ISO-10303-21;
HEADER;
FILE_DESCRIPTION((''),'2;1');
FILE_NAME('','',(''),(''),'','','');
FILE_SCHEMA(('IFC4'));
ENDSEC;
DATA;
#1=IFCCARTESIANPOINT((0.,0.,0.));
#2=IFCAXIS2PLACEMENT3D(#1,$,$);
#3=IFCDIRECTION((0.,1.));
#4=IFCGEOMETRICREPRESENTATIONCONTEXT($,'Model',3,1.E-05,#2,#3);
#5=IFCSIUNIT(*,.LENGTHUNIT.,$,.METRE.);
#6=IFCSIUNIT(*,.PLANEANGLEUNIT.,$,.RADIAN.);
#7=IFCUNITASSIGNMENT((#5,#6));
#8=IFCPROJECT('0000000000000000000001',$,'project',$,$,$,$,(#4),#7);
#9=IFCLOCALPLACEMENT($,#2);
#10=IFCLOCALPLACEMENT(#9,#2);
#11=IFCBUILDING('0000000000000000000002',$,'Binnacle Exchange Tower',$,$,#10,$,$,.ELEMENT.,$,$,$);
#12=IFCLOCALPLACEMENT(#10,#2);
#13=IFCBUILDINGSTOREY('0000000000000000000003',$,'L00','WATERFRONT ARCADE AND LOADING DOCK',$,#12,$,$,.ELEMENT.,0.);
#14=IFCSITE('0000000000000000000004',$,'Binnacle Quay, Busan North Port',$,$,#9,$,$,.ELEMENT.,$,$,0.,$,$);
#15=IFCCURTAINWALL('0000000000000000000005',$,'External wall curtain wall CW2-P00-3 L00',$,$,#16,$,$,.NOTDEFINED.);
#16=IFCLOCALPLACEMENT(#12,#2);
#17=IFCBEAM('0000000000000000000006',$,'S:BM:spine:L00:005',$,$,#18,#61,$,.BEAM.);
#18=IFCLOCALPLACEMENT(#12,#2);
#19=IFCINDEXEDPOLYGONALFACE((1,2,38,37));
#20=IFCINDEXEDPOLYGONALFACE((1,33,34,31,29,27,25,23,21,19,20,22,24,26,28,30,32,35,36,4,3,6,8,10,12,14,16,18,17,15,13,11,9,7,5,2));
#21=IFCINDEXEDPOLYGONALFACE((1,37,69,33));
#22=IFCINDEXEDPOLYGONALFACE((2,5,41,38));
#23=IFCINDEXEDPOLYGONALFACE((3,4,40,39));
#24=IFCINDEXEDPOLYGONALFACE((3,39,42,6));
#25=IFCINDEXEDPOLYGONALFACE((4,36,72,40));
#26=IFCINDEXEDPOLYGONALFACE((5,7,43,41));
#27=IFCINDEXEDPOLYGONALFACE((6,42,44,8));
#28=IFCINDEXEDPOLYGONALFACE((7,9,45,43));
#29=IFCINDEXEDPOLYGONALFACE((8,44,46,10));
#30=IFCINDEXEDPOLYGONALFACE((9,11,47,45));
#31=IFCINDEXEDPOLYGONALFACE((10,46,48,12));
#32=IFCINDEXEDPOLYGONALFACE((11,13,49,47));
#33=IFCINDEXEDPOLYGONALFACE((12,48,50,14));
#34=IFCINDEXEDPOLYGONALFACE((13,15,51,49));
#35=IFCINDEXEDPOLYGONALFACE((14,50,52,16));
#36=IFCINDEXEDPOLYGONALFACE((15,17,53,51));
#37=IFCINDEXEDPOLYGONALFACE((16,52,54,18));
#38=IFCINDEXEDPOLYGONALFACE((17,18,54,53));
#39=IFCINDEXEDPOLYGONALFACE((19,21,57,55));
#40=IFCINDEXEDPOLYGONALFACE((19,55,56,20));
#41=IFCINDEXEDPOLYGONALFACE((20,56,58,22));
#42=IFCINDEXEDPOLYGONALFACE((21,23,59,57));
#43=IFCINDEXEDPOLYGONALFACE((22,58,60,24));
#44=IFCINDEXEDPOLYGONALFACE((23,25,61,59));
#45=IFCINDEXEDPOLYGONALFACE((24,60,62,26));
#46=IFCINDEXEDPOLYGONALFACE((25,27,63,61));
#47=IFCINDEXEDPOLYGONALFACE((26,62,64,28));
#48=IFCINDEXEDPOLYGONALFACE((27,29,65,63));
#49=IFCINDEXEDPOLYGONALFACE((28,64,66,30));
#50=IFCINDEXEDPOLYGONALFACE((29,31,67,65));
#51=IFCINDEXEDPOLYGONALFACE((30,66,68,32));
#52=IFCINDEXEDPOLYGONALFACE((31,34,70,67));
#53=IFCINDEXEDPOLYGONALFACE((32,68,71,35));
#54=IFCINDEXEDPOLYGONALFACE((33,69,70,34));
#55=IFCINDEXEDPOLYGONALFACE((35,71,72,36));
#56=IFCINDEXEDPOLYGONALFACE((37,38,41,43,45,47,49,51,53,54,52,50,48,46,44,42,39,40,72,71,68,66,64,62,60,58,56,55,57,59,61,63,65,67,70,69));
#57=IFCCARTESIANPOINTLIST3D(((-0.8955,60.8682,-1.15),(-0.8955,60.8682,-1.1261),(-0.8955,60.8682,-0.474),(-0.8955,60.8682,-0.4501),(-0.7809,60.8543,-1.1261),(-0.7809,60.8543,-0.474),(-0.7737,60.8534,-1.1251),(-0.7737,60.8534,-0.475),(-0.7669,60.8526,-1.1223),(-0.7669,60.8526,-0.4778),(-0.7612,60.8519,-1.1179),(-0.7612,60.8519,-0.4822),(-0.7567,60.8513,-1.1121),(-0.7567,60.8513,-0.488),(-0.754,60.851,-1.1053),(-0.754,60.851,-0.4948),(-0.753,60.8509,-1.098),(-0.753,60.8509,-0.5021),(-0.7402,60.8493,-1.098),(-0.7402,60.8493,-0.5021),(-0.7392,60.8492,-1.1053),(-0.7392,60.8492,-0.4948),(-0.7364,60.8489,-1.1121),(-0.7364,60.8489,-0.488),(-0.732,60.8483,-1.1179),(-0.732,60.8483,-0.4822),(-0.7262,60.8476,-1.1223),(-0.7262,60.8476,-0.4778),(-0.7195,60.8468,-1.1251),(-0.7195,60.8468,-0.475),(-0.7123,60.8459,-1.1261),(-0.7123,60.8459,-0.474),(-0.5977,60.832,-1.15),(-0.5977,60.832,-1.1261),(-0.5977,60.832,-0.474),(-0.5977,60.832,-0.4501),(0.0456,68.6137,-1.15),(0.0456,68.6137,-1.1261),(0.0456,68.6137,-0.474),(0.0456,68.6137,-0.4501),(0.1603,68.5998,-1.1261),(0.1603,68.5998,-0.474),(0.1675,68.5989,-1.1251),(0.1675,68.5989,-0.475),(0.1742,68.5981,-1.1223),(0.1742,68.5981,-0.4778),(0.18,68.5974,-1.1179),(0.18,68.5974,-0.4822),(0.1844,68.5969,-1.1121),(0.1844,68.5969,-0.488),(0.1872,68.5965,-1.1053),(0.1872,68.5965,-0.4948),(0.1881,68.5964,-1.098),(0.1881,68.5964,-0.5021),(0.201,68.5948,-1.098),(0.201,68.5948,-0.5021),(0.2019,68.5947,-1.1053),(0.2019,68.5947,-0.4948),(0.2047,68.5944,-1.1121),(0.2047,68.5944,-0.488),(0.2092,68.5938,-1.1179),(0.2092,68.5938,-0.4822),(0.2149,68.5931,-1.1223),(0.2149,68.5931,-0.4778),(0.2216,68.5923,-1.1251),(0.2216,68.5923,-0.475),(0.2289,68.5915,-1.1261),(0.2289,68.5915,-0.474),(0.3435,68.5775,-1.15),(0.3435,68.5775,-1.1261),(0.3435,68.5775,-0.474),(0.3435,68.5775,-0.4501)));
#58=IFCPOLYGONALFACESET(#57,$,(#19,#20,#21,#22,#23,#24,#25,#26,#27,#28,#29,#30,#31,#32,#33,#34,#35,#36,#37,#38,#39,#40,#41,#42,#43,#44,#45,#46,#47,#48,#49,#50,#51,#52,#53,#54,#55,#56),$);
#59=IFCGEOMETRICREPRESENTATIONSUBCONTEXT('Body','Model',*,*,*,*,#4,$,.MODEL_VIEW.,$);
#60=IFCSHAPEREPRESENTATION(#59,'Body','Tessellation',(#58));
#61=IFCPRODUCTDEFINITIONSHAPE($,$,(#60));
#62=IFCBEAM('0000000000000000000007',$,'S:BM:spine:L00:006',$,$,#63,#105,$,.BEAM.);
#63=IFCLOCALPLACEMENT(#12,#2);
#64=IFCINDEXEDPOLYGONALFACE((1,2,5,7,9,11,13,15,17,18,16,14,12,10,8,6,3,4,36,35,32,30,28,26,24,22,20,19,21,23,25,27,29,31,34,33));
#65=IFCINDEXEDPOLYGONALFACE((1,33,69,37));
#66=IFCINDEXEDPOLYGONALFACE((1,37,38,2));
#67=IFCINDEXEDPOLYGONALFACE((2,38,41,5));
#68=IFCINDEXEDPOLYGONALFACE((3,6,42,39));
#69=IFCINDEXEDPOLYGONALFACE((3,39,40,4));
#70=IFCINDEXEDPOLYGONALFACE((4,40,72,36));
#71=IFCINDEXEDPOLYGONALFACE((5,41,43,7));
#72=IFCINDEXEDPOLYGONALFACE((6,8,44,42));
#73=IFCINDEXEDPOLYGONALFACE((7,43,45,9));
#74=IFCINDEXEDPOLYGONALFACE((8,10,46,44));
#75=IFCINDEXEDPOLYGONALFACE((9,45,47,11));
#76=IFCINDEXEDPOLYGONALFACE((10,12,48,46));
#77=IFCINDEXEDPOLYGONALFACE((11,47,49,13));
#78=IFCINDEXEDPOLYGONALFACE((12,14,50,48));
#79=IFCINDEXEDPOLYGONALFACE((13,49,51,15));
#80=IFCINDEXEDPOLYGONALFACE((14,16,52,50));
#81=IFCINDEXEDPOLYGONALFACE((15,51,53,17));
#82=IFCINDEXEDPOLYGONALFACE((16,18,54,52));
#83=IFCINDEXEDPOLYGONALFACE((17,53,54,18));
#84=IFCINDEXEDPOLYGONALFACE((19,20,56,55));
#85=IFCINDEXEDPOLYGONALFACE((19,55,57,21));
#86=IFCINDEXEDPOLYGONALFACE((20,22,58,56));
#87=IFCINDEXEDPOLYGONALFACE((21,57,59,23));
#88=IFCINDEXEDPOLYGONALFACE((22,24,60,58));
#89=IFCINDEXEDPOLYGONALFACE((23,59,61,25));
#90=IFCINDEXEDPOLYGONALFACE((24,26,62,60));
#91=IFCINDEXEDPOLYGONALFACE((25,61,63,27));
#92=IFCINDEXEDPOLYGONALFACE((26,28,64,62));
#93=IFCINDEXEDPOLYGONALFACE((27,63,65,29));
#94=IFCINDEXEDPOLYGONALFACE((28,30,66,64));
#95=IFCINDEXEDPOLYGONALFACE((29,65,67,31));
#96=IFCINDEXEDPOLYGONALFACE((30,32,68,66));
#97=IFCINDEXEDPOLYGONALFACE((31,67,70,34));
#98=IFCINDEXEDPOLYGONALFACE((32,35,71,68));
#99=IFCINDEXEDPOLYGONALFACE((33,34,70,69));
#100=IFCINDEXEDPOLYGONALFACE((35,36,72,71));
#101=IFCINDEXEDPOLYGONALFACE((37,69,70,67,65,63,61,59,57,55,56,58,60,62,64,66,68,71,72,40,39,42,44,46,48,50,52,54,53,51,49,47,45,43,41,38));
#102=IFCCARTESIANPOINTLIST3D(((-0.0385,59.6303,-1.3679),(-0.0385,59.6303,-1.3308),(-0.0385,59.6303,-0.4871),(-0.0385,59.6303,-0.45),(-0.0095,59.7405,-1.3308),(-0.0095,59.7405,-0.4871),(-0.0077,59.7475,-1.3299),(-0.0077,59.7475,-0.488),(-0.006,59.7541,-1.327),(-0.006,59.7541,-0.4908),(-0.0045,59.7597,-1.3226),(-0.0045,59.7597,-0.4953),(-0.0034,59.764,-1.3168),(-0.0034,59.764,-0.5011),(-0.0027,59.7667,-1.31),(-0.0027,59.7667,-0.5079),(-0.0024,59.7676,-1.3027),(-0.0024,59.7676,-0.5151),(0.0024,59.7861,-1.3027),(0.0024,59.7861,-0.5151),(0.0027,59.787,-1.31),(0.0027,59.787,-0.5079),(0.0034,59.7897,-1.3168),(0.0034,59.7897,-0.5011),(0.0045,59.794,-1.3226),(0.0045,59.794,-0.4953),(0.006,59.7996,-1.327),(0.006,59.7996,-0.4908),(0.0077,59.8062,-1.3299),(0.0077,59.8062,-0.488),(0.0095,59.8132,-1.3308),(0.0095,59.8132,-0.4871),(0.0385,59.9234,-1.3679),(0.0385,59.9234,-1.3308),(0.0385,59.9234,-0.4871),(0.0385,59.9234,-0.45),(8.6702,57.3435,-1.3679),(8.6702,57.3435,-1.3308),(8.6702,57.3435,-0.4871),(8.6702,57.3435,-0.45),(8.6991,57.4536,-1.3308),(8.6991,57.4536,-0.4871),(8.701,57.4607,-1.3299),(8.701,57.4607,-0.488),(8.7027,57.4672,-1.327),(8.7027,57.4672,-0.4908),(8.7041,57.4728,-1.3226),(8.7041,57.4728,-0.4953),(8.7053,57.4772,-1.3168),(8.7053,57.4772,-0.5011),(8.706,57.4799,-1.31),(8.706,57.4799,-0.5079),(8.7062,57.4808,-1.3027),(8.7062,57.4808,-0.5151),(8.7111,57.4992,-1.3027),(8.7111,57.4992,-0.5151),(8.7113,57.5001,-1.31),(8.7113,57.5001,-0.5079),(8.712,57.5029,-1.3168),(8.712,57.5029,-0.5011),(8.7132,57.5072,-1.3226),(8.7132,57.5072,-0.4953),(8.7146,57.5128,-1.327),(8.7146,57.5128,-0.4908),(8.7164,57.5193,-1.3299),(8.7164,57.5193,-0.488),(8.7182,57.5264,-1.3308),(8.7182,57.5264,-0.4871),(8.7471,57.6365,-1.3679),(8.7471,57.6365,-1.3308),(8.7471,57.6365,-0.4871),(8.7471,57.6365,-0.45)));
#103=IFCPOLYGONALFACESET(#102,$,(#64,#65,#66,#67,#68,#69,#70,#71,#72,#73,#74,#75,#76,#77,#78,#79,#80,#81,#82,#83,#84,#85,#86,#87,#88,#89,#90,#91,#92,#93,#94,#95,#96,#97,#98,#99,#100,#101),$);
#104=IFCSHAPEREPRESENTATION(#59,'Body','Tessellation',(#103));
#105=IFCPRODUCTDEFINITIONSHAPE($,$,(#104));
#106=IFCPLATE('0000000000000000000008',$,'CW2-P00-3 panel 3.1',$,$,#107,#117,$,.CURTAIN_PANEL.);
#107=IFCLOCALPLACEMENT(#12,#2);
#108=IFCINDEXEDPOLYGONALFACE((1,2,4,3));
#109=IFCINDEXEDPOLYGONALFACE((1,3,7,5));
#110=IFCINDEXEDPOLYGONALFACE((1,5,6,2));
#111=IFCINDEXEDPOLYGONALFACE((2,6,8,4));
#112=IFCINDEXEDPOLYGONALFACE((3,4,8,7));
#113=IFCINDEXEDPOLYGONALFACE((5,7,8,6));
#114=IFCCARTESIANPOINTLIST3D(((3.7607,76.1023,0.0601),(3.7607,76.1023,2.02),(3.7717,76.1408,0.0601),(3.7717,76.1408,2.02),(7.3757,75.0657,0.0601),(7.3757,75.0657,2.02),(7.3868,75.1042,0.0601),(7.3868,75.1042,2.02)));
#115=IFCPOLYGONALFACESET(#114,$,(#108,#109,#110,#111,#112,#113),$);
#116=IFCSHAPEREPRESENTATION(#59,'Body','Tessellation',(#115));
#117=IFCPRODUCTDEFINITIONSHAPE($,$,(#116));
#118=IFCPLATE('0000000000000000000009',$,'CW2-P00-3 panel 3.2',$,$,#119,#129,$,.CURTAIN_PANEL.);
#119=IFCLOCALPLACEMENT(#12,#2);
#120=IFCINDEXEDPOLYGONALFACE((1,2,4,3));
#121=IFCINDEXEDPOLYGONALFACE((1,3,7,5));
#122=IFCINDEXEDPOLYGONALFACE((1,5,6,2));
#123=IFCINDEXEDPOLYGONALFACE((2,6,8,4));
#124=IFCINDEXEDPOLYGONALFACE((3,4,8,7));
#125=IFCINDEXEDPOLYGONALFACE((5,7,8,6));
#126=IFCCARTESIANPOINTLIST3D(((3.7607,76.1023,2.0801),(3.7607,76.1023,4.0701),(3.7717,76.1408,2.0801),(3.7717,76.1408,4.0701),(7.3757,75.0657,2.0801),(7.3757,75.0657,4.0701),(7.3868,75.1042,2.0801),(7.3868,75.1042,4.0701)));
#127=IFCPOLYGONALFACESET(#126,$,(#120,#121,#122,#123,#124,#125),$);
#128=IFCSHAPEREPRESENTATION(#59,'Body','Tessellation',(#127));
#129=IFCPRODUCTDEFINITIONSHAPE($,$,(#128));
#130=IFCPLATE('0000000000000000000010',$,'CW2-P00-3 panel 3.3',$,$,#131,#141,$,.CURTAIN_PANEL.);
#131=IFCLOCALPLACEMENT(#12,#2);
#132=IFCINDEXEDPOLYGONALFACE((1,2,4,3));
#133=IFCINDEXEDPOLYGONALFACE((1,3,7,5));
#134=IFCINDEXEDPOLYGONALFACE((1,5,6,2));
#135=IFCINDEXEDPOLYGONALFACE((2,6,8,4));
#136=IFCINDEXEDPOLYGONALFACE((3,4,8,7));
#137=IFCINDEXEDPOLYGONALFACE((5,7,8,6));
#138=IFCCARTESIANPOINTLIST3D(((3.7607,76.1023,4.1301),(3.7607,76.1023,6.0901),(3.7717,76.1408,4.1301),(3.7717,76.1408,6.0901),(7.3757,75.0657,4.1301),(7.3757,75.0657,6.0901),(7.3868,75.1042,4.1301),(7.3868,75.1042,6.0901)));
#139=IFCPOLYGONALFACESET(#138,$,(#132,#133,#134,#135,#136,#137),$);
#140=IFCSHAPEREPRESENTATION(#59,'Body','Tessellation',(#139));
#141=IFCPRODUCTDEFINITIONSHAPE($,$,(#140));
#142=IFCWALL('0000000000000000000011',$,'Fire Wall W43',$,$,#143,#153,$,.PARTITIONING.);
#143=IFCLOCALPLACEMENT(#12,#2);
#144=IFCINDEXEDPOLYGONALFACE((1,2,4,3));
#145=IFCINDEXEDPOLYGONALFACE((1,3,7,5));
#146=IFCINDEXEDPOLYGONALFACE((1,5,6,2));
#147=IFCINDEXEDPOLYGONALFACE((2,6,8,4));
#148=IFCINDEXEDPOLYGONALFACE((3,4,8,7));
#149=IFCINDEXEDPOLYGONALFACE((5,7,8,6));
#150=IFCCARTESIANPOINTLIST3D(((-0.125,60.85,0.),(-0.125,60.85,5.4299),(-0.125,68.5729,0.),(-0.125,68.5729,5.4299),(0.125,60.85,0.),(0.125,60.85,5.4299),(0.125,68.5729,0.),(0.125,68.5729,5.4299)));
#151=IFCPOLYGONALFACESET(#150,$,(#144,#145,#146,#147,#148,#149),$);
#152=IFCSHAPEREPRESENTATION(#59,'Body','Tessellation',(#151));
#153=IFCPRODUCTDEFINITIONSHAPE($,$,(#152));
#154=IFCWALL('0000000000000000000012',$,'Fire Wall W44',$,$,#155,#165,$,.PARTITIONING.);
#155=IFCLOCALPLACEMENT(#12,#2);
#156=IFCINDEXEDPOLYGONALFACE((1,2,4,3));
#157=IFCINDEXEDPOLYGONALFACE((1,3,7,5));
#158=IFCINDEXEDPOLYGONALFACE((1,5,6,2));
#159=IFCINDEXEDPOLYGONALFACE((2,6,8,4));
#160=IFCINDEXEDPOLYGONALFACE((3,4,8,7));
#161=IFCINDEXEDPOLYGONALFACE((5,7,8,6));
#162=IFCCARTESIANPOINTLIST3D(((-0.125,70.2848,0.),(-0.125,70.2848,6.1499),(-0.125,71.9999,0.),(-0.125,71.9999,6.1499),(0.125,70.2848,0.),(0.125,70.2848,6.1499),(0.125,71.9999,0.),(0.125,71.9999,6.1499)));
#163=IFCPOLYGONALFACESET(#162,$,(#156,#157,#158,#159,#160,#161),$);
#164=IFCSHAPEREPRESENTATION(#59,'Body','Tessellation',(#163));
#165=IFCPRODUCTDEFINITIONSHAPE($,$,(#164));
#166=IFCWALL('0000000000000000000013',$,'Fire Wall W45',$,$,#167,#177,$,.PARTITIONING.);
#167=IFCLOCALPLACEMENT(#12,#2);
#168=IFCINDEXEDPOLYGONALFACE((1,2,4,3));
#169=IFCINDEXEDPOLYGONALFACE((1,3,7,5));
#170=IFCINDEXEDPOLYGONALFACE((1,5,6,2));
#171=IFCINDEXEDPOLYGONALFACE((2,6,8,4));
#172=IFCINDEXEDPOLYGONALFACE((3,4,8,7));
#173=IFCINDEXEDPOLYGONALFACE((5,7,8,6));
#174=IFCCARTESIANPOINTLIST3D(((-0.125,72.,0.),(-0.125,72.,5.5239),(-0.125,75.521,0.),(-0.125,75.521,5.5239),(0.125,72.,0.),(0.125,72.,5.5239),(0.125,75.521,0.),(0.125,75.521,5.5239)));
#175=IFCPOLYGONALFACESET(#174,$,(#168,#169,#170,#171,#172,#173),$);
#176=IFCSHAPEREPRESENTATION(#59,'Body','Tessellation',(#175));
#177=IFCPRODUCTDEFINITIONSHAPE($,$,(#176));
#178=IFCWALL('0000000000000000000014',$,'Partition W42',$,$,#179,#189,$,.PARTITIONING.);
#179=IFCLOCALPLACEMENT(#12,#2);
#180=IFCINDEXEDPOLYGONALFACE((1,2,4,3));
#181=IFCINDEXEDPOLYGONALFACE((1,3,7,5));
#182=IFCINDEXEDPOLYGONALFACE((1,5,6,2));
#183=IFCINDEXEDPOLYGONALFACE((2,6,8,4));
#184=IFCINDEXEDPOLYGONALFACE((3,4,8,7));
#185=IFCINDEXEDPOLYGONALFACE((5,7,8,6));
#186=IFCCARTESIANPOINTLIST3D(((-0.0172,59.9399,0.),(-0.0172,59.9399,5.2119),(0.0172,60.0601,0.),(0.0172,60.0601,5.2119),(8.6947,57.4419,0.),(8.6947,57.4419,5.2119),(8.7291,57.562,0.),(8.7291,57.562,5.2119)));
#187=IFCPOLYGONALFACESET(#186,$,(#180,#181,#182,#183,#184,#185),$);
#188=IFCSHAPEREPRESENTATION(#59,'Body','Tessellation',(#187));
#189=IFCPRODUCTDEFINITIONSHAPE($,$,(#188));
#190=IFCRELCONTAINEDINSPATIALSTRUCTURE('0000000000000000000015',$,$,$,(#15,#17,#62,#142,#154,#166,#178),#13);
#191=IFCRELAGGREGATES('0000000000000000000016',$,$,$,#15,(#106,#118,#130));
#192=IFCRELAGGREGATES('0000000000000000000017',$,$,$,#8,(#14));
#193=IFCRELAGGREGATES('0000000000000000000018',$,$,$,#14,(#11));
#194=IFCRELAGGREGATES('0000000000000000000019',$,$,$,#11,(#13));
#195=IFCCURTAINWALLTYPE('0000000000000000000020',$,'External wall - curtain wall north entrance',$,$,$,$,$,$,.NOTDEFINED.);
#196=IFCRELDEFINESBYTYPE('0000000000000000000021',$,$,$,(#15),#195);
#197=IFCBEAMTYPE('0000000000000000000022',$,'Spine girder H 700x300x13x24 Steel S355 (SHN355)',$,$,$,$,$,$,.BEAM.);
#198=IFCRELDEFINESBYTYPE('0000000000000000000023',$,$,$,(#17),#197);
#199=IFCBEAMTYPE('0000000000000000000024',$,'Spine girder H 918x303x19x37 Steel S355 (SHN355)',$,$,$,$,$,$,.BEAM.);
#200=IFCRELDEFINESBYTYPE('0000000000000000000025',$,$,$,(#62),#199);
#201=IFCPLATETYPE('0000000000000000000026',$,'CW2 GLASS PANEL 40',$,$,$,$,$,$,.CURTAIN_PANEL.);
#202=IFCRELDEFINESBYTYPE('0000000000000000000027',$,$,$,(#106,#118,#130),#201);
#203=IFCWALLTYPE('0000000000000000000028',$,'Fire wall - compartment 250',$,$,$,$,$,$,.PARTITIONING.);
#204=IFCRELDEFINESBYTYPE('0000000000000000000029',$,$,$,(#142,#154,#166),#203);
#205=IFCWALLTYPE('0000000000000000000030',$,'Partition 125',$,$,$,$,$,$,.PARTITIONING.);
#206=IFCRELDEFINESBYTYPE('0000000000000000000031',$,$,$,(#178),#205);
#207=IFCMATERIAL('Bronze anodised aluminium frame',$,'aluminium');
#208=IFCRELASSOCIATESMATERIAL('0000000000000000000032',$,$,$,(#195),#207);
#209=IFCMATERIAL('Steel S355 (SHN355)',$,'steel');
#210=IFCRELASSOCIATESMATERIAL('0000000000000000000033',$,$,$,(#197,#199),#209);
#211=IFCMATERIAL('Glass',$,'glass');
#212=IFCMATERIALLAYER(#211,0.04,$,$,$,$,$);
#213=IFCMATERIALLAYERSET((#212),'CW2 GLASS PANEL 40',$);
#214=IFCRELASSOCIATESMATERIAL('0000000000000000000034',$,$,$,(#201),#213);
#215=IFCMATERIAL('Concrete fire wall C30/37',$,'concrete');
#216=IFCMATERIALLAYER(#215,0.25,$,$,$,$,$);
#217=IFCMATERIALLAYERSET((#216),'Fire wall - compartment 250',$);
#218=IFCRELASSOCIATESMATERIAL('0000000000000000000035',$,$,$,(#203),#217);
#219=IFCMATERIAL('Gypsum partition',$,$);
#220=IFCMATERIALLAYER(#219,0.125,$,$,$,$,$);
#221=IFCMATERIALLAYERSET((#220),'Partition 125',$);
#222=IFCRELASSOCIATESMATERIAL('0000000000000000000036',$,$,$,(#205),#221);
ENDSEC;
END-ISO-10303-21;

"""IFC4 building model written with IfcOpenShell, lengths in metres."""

from ifc_helpers import new_model, si_unit, direction, frame, frame_2d, origin, origin_2d, place, context, subcontext, project, spatial, rectangle, i_section, extrude, material, layer, layer_set, material_profile, profile_set, type_object, element, aggregate, save


model = new_model("IFC4")

# Units and contexts
model_context = context("Model", 3, precision=1e-05, world=origin(), true_north=direction((0.0, 1.0)))
body_context = subcontext(model_context, "Body", "Model", "MODEL_VIEW")
ifc_project = project(units=[si_unit("LENGTHUNIT", "METRE"), si_unit("PLANEANGLEUNIT", "RADIAN")], contexts=[model_context])

# Site, building, storey
site_placement = place(None, origin())
site = spatial("IfcSite", under=ifc_project, at=site_placement, Name="Binnacle Quay, Busan North Port", CompositionType="ELEMENT", RefElevation=0.0)
building_placement = place(site_placement, origin())
building = spatial("IfcBuilding", under=site, at=building_placement, Name="Binnacle Exchange Tower", CompositionType="ELEMENT")
storey_placement = place(building_placement, origin())
storey = spatial("IfcBuildingStorey", under=building, at=storey_placement, Name="L00", Description="WATERFRONT ARCADE AND LOADING DOCK", CompositionType="ELEMENT", Elevation=0.0)

# Curtain wall
ifc_material_1 = material(Name="Bronze anodised aluminium frame", Category="aluminium")
curtain_wall_type = type_object("IfcCurtainWallType", Name="External wall - curtain wall north entrance", PredefinedType="NOTDEFINED", material=ifc_material_1)
curtain_wall_placement = place(storey_placement, origin())
curtain_wall = element("IfcCurtainWall", 1, at=curtain_wall_placement, inside=storey, type_object=curtain_wall_type, Name="External wall curtain wall CW2-P00-3 L00", PredefinedType="NOTDEFINED")

# Beams
ifc_material_2 = material(Name="Steel S355 (SHN355)", Category="steel")
ifc_material_profile_1 = material_profile(ifc_material_2, i_section(OverallWidth=0.3, OverallDepth=0.7, WebThickness=0.0129, FlangeThickness=0.0239, FilletRadius=0.0281, at=origin_2d()), Name="H 700x300x13x24")
ifc_profile_set_1 = profile_set([ifc_material_profile_1], Name="Steel S355 (SHN355)")
beam_type_1 = type_object("IfcBeamType", Name="Spine girder H 700x300x13x24 Steel S355 (SHN355)", PredefinedType="BEAM", material=ifc_profile_set_1)
beam_1_placement = place(storey_placement, frame((-0.7466, 60.8501, -0.8), z_axis=(0.120622, 0.992699, 0.0), x_axis=(-0.992699, 0.120622, 0.0)))
element("IfcBeam", 2, at=beam_1_placement, inside=storey, type_object=beam_type_1, Name="S:BM:spine:L00:005", PredefinedType="BEAM", context=body_context, shape_type="SweptSolid", body=[
    extrude(i_section(OverallWidth=0.3, OverallDepth=0.7, WebThickness=0.0129, FlangeThickness=0.0239, FilletRadius=0.0281, at=origin_2d()), origin(), (0.0, 0.0, 1.0), 7.8025),
])
ifc_material_profile_2 = material_profile(ifc_material_2, i_section(OverallWidth=0.303, OverallDepth=0.918, WebThickness=0.019, FlangeThickness=0.0371, FilletRadius=0.0281, at=origin_2d()), Name="H 918x303x19x37")
ifc_profile_set_2 = profile_set([ifc_material_profile_2], Name="Steel S355 (SHN355)")
beam_type_2 = type_object("IfcBeamType", Name="Spine girder H 918x303x19x37 Steel S355 (SHN355)", PredefinedType="BEAM", material=ifc_profile_set_2)
beam_2_placement = place(storey_placement, frame((0.0, 59.7769, -0.9089), z_axis=(0.967209, -0.253983, 0.0), x_axis=(0.253983, 0.967209, 0.0)))
element("IfcBeam", 3, at=beam_2_placement, inside=storey, type_object=beam_type_2, Name="S:BM:spine:L00:006", PredefinedType="BEAM", context=body_context, shape_type="SweptSolid", body=[
    extrude(i_section(OverallWidth=0.303, OverallDepth=0.918, WebThickness=0.019, FlangeThickness=0.0371, FilletRadius=0.0281, at=origin_2d()), origin(), (0.0, 0.0, 1.0), 9.0039),
])

# Plates
ifc_material_3 = material(Name="Glass", Category="glass")
ifc_layer_1 = layer(ifc_material_3, 0.04)
ifc_layer_set_1 = layer_set([ifc_layer_1], Name="CW2 GLASS PANEL 40")
plate_type = type_object("IfcPlateType", Name="CW2 GLASS PANEL 40", PredefinedType="CURTAIN_PANEL", material=ifc_layer_set_1)
plate_1_placement = place(storey_placement, frame((5.5737, 75.6033, 0.0601), z_axis=(0.0, 0.0, 1.0), x_axis=(-0.961262, 0.275637, 0.0)))
plate_1 = element("IfcPlate", 4, at=plate_1_placement, type_object=plate_type, Name="CW2-P00-3 panel 3.1", PredefinedType="CURTAIN_PANEL", context=body_context, shape_type="SweptSolid", body=[
    extrude(rectangle(XDim=3.7607, YDim=0.04, at=origin_2d()), origin(), (0.0, 0.0, 1.0), 1.96),
])
plate_2_placement = place(storey_placement, frame((5.5737, 75.6033, 2.0801), z_axis=(0.0, 0.0, 1.0), x_axis=(-0.961262, 0.275637, 0.0)))
plate_2 = element("IfcPlate", 5, at=plate_2_placement, type_object=plate_type, Name="CW2-P00-3 panel 3.2", PredefinedType="CURTAIN_PANEL", context=body_context, shape_type="SweptSolid", body=[
    extrude(rectangle(XDim=3.7607, YDim=0.04, at=origin_2d()), origin(), (0.0, 0.0, 1.0), 1.99),
])
plate_3_placement = place(storey_placement, frame((5.5737, 75.6033, 4.1301), z_axis=(0.0, 0.0, 1.0), x_axis=(-0.961262, 0.275637, 0.0)))
plate_3 = element("IfcPlate", 6, at=plate_3_placement, type_object=plate_type, Name="CW2-P00-3 panel 3.3", PredefinedType="CURTAIN_PANEL", context=body_context, shape_type="SweptSolid", body=[
    extrude(rectangle(XDim=3.7607, YDim=0.04, at=origin_2d()), origin(), (0.0, 0.0, 1.0), 1.96),
])
aggregate(curtain_wall, [plate_1, plate_2, plate_3])

# Walls
ifc_material_4 = material(Name="Concrete fire wall C30/37", Category="concrete")
ifc_layer_2 = layer(ifc_material_4, 0.25)
ifc_layer_set_2 = layer_set([ifc_layer_2], Name="Fire wall - compartment 250")
wall_type_1 = type_object("IfcWallType", Name="Fire wall - compartment 250", PredefinedType="PARTITIONING", material=ifc_layer_set_2)
wall_1_placement = place(storey_placement, frame((0.0, 60.8501, 0.0), z_axis=(0.0, 0.0, 1.0), x_axis=(0.0, 1.0, 0.0)))
element("IfcWall", 7, at=wall_1_placement, inside=storey, type_object=wall_type_1, Name="Fire Wall W43", PredefinedType="PARTITIONING", context=body_context, shape_type="SweptSolid", body=[
    extrude(rectangle(XDim=7.7229, YDim=0.25, at=frame_2d((3.8613, 0.0))), origin(), (0.0, 0.0, 1.0), 5.4299),
])
wall_2_placement = place(storey_placement, frame((0.0, 70.2849, 0.0), z_axis=(0.0, 0.0, 1.0), x_axis=(0.0, 1.0, 0.0)))
element("IfcWall", 8, at=wall_2_placement, inside=storey, type_object=wall_type_1, Name="Fire Wall W44", PredefinedType="PARTITIONING", context=body_context, shape_type="SweptSolid", body=[
    extrude(rectangle(XDim=1.7151, YDim=0.25, at=frame_2d((0.8574, 0.0))), origin(), (0.0, 0.0, 1.0), 6.1499),
])
wall_3_placement = place(storey_placement, frame((0.0, 72.0, 0.0), z_axis=(0.0, 0.0, 1.0), x_axis=(0.0, 1.0, 0.0)))
element("IfcWall", 9, at=wall_3_placement, inside=storey, type_object=wall_type_1, Name="Fire Wall W45", PredefinedType="PARTITIONING", context=body_context, shape_type="SweptSolid", body=[
    extrude(rectangle(XDim=3.521, YDim=0.25, at=frame_2d((1.7605, 0.0))), origin(), (0.0, 0.0, 1.0), 5.5239),
])
ifc_material_5 = material(Name="Gypsum partition")
ifc_layer_3 = layer(ifc_material_5, 0.125)
ifc_layer_set_3 = layer_set([ifc_layer_3], Name="Partition 125")
wall_type_2 = type_object("IfcWallType", Name="Partition 125", PredefinedType="PARTITIONING", material=ifc_layer_set_3)
wall_4_placement = place(storey_placement, frame((0.0, 60.0, 0.0), z_axis=(0.0, 0.0, 1.0), x_axis=(0.961263, -0.275632, 0.0)))
element("IfcWall", 10, at=wall_4_placement, inside=storey, type_object=wall_type_2, Name="Partition W42", PredefinedType="PARTITIONING", context=body_context, shape_type="SweptSolid", body=[
    extrude(rectangle(XDim=9.063, YDim=0.125, at=frame_2d((4.5315, 0.0))), origin(), (0.0, 0.0, 1.0), 5.2119),
])

save(model, "model.ifc")
